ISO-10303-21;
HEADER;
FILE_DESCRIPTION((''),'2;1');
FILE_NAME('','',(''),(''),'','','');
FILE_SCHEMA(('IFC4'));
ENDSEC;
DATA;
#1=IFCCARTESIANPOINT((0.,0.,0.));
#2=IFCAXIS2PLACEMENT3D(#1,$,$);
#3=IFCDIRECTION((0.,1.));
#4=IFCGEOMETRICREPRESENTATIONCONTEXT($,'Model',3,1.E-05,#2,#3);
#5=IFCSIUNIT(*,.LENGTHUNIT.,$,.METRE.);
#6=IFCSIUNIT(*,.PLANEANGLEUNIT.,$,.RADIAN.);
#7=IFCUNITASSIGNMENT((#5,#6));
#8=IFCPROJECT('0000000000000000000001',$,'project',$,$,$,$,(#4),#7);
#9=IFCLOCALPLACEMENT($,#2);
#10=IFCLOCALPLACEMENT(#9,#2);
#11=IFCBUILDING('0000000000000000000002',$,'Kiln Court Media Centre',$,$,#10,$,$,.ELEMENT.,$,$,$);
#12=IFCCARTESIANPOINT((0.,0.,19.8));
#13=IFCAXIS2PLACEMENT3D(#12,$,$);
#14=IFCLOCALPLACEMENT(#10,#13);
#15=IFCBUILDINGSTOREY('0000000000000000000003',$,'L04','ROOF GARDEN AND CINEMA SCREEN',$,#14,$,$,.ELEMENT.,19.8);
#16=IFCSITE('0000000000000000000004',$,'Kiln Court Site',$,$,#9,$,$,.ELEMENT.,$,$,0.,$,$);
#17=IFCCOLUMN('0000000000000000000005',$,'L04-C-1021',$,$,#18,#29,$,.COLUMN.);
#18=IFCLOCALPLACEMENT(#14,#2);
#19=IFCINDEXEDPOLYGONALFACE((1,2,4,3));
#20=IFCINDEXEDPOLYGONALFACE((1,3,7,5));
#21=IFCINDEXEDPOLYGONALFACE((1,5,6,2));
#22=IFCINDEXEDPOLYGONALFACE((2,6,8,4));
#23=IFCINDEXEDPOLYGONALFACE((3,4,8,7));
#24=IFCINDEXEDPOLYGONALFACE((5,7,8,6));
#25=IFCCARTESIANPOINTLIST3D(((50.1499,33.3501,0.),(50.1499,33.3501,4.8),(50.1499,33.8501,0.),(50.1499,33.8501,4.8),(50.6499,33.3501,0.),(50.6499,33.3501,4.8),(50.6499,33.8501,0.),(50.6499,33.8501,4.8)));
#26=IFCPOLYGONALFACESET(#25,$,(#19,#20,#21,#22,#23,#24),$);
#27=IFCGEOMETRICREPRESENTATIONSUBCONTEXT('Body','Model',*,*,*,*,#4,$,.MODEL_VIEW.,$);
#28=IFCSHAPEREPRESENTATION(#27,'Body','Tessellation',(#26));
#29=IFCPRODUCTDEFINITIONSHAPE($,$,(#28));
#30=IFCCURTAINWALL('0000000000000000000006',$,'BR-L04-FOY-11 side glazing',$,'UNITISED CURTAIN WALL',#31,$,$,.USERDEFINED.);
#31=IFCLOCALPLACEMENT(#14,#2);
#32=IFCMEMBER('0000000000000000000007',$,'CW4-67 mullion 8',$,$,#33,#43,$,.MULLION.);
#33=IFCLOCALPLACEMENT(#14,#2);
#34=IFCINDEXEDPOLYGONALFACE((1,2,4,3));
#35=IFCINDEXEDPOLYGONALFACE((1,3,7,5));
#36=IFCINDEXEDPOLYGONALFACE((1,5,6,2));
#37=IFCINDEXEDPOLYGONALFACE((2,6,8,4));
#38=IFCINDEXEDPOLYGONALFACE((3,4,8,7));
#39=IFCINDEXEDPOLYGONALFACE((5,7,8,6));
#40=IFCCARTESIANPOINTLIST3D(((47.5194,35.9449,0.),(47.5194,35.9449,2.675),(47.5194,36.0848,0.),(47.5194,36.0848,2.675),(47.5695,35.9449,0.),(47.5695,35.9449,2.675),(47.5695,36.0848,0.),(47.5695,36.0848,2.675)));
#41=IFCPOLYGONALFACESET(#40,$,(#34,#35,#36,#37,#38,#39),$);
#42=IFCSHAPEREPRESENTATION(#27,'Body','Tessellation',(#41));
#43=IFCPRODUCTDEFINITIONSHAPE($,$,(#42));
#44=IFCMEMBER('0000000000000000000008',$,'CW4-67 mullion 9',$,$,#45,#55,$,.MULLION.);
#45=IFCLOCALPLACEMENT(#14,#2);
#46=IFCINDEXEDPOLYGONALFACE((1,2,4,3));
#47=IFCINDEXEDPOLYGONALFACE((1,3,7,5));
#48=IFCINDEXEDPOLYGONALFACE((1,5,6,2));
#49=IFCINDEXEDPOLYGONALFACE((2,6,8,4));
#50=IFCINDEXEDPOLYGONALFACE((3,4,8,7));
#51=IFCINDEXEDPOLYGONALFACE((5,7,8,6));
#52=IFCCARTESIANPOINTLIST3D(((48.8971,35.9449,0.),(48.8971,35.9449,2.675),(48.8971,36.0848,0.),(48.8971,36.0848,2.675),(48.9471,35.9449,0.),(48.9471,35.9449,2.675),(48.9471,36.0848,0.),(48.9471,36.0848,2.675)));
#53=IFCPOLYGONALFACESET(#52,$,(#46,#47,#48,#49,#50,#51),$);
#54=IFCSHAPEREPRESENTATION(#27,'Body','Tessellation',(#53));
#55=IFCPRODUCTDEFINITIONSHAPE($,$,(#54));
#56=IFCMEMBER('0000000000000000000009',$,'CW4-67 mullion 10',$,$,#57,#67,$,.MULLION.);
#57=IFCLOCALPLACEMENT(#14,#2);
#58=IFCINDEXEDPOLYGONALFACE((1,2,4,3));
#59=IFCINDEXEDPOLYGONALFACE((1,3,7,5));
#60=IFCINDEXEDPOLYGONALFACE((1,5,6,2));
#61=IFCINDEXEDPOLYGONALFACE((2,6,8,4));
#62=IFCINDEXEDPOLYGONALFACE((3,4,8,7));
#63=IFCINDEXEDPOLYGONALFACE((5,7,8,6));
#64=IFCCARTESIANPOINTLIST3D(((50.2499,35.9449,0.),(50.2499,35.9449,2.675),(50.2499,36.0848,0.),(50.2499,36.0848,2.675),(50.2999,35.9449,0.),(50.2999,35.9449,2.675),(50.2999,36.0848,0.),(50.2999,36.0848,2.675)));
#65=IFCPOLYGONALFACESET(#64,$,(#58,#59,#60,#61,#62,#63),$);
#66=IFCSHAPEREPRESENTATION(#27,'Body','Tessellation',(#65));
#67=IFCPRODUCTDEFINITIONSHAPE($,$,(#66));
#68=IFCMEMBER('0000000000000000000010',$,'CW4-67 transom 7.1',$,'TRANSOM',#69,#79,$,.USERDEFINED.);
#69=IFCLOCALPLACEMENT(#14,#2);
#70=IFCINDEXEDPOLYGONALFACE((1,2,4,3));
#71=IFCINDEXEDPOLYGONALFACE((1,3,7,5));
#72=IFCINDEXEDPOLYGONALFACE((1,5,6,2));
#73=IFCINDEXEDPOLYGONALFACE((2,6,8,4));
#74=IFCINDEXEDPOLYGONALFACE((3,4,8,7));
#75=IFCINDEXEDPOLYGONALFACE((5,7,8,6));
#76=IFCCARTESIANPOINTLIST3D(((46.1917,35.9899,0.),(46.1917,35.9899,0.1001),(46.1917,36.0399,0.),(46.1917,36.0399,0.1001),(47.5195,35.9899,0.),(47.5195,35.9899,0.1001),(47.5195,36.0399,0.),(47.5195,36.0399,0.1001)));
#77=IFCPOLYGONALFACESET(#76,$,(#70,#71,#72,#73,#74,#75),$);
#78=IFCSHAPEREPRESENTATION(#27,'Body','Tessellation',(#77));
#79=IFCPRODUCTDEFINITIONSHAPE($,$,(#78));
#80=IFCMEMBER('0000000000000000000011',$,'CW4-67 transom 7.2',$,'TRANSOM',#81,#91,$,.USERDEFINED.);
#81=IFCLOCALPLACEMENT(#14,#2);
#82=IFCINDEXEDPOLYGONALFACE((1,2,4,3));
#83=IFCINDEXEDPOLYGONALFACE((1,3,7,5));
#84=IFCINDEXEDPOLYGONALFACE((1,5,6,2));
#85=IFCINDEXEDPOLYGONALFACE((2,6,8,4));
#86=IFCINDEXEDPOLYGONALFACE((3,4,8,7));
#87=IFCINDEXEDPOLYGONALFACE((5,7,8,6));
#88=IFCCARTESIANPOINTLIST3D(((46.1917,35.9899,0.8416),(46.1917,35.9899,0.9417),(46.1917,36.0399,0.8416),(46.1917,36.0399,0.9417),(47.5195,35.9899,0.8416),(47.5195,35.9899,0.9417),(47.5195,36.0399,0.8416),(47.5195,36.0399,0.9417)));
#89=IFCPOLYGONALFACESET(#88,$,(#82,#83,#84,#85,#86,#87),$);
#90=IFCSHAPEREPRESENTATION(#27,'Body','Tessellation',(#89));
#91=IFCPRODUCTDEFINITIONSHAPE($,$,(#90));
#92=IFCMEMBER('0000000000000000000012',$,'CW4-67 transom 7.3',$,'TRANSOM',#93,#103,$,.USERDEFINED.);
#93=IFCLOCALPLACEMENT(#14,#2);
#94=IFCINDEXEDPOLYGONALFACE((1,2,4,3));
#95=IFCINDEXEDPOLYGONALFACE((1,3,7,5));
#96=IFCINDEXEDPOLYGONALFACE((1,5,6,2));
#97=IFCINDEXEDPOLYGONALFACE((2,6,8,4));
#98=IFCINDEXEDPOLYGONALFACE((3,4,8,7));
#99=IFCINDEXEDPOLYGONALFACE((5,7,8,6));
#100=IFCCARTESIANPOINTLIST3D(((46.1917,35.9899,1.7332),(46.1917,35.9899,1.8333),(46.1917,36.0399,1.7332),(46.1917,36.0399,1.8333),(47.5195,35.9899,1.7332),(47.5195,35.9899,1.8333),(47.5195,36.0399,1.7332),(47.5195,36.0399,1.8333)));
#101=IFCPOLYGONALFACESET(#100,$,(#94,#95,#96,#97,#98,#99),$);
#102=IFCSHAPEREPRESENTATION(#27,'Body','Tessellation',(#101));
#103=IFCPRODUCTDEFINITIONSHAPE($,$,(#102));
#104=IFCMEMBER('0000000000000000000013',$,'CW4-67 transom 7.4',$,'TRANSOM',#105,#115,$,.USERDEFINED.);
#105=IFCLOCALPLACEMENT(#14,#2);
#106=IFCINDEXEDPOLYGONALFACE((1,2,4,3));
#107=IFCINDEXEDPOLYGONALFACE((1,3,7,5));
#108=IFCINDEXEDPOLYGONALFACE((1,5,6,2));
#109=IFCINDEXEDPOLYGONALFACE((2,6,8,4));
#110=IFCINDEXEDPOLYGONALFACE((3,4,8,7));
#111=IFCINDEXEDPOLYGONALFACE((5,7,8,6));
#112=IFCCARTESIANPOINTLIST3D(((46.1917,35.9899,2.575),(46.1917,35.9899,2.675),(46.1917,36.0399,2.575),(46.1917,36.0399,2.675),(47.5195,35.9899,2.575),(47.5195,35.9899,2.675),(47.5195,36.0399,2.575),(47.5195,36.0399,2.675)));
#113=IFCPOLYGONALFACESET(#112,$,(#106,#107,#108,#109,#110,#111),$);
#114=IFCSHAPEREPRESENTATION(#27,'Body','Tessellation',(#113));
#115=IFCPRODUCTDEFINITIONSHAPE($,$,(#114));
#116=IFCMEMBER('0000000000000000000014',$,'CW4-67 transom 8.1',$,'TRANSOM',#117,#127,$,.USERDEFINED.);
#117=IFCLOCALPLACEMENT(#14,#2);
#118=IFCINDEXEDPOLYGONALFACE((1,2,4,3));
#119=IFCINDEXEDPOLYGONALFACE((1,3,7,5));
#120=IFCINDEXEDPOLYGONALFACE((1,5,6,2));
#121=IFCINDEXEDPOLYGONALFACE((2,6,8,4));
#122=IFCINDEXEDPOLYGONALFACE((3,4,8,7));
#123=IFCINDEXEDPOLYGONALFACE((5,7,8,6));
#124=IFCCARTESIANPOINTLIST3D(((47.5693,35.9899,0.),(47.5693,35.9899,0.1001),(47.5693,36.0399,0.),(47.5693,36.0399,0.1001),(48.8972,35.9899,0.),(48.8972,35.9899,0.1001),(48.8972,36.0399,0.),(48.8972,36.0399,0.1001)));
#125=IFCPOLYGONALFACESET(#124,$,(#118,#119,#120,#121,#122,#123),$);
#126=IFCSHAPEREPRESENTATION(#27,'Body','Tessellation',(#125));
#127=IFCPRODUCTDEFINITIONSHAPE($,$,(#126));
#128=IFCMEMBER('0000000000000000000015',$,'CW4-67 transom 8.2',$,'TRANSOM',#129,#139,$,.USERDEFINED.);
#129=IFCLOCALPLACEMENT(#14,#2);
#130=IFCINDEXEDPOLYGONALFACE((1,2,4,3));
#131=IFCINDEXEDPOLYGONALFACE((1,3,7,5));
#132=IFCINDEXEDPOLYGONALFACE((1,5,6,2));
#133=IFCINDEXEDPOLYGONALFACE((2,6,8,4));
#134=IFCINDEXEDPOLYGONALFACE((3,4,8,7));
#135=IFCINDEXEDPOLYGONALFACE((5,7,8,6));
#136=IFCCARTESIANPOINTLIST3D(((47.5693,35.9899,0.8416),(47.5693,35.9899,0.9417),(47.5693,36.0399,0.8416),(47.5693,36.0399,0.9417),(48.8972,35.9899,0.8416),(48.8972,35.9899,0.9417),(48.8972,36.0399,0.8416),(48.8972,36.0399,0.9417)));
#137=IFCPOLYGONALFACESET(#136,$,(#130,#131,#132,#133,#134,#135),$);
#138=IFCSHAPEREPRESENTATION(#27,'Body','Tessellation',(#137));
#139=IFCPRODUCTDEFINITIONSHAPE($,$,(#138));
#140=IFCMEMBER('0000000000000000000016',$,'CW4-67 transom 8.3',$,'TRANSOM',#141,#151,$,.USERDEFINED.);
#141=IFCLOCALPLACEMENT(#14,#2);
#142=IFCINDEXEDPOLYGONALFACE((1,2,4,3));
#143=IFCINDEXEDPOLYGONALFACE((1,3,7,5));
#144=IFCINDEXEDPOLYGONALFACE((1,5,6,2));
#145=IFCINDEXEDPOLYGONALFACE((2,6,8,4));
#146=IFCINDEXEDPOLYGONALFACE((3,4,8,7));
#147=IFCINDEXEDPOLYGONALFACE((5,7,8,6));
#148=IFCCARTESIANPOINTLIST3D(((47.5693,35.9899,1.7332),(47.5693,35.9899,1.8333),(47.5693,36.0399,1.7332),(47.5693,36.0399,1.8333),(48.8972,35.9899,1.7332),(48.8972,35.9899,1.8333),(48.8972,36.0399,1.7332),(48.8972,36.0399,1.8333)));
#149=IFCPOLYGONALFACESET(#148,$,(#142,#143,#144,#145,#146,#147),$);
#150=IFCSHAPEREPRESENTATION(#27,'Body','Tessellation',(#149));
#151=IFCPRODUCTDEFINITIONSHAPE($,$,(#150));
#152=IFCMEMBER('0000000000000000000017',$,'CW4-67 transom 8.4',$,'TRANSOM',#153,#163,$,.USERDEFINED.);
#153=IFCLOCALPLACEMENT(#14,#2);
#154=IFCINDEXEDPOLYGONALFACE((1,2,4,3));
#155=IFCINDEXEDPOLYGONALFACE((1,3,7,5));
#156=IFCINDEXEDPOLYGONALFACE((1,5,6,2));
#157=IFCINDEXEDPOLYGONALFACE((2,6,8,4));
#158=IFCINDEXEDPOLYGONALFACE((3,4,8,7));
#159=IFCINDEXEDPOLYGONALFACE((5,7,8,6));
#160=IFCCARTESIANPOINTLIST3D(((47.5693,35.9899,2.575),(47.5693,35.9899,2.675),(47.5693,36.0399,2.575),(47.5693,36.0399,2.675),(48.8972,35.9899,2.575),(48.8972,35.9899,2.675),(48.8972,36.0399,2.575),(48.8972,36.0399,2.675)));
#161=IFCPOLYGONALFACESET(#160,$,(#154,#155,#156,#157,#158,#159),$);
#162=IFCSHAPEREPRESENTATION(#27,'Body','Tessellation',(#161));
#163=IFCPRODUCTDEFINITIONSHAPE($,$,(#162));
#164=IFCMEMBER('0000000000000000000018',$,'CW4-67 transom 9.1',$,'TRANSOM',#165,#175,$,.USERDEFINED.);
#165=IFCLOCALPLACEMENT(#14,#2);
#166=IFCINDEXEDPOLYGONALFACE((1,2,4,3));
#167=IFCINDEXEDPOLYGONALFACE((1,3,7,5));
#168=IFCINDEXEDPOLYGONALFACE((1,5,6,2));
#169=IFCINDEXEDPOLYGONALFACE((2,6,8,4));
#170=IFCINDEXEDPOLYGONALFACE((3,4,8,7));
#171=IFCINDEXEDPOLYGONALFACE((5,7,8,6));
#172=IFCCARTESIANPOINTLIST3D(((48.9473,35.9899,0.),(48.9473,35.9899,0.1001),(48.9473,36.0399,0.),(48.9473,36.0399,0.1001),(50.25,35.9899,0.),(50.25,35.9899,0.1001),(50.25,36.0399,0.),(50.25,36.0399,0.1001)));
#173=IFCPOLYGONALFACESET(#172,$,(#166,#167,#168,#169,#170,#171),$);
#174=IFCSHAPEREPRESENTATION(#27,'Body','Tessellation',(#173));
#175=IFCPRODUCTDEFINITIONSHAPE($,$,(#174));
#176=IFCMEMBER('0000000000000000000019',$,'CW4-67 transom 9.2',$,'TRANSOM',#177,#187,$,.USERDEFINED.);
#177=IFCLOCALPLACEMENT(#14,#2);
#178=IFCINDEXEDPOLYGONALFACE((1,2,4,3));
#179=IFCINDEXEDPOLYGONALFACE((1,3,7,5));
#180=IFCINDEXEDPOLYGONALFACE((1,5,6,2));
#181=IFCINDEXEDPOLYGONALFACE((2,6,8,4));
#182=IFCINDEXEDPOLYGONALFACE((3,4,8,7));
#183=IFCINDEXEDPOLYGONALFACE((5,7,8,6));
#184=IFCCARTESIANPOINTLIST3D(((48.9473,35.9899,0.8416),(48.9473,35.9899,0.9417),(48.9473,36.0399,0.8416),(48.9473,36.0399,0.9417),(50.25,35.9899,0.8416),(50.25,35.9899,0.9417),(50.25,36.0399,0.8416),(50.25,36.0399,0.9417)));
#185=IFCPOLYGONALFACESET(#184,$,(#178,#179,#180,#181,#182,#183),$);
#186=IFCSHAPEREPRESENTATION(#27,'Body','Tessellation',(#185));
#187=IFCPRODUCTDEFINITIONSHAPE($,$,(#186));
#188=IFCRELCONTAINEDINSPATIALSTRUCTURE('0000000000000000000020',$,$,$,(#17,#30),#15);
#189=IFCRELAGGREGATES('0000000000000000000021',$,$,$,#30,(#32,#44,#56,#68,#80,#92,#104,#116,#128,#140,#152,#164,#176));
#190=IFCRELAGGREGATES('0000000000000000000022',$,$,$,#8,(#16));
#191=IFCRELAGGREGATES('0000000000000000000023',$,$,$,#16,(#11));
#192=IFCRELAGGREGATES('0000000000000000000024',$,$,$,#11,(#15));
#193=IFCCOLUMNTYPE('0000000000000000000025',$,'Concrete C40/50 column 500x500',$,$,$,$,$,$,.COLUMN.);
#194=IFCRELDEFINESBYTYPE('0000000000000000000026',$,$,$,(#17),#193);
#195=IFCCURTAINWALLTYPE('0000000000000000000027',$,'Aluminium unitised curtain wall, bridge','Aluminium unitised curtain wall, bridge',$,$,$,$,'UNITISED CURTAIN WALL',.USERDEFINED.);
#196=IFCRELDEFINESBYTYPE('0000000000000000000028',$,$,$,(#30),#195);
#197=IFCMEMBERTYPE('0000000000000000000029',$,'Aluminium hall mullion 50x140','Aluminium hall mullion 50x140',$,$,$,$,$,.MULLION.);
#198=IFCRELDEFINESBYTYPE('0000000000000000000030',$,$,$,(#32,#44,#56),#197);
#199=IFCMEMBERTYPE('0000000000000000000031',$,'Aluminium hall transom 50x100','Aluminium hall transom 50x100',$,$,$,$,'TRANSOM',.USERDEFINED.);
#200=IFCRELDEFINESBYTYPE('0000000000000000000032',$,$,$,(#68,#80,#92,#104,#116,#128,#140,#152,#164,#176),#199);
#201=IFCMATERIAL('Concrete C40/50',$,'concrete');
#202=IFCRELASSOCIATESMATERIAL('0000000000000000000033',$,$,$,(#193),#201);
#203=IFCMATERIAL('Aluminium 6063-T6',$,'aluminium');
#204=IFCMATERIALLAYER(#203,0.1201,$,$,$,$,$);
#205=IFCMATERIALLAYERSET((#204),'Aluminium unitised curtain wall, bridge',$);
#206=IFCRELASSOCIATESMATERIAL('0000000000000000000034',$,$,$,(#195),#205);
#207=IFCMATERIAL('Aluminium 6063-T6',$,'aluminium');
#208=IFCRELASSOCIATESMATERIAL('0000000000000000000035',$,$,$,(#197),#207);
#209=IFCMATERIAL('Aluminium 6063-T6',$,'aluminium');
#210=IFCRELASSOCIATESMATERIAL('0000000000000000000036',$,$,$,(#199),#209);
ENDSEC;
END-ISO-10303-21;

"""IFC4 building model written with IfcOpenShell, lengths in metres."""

from ifc_helpers import new_model, si_unit, direction, frame, origin, origin_2d, place, context, subcontext, project, spatial, rectangle, extrude, material, layer, layer_set, material_profile, profile_set, type_object, element, aggregate, save


model = new_model("IFC4")

# Units and contexts
model_context = context("Model", 3, precision=1e-05, world=origin(), true_north=direction((0.0, 1.0)))
body_context = subcontext(model_context, "Body", "Model", "MODEL_VIEW")
ifc_project = project(units=[si_unit("LENGTHUNIT", "METRE"), si_unit("PLANEANGLEUNIT", "RADIAN")], contexts=[model_context])

# Site, building, storey
site_placement = place(None, origin())
site = spatial("IfcSite", under=ifc_project, at=site_placement, Name="Kiln Court Site", CompositionType="ELEMENT", RefElevation=0.0)
building_placement = place(site_placement, origin())
building = spatial("IfcBuilding", under=site, at=building_placement, Name="Kiln Court Media Centre", CompositionType="ELEMENT")
storey_placement = place(building_placement, frame((0.0, 0.0, 19.8)))
storey = spatial("IfcBuildingStorey", under=building, at=storey_placement, Name="L04", Description="ROOF GARDEN AND CINEMA SCREEN", CompositionType="ELEMENT", Elevation=19.8)

# Column
ifc_material_1 = material(Name="Concrete C40/50", Category="concrete")
ifc_material_profile_1 = material_profile(ifc_material_1, rectangle(XDim=0.5, YDim=0.5, at=origin_2d()), Name="RC 500x500")
ifc_profile_set_1 = profile_set([ifc_material_profile_1], Name="Concrete C40/50")
column_type = type_object("IfcColumnType", Name="Concrete C40/50 column 500x500", PredefinedType="COLUMN", material=ifc_profile_set_1)
column_placement = place(storey_placement, frame((50.3999, 33.6001, 0.0), z_axis=(0.0, 0.0, 1.0), x_axis=(1.0, 0.0, 0.0)))
element("IfcColumn", 1, at=column_placement, inside=storey, type_object=column_type, Name="L04-C-1021", PredefinedType="COLUMN", context=body_context, shape_type="SweptSolid", body=[
    extrude(rectangle(XDim=0.5, YDim=0.5, at=origin_2d()), origin(), (0.0, 0.0, 1.0), 4.8),
])

# Curtain wall, members
ifc_material_2 = material(Name="Aluminium 6063-T6", Category="aluminium")
ifc_layer_1 = layer(ifc_material_2, 0.1201)
ifc_layer_set_1 = layer_set([ifc_layer_1], Name="Aluminium unitised curtain wall, bridge")
curtain_wall_type = type_object("IfcCurtainWallType", Name="Aluminium unitised curtain wall, bridge", Description="Aluminium unitised curtain wall, bridge", ElementType="UNITISED CURTAIN WALL", PredefinedType="USERDEFINED", material=ifc_layer_set_1)
curtain_wall_placement = place(storey_placement, origin())
curtain_wall = element("IfcCurtainWall", 2, at=curtain_wall_placement, inside=storey, type_object=curtain_wall_type, Name="BR-L04-FOY-11 side glazing", ObjectType="UNITISED CURTAIN WALL", PredefinedType="USERDEFINED")
ifc_material_3 = material(Name="Aluminium 6063-T6", Category="aluminium")
ifc_material_profile_2 = material_profile(ifc_material_3, rectangle(XDim=0.05, YDim=0.1399, at=origin_2d()), Name="Aluminium hall mullion 50x140")
ifc_profile_set_2 = profile_set([ifc_material_profile_2], Name="Aluminium 6063-T6")
member_type_1 = type_object("IfcMemberType", Name="Aluminium hall mullion 50x140", Description="Aluminium hall mullion 50x140", PredefinedType="MULLION", material=ifc_profile_set_2)
member_1_placement = place(storey_placement, frame((47.5444, 36.0149, 0.0), z_axis=(0.0, 0.0, 1.0), x_axis=(1.0, 0.0, 0.0)))
member_1 = element("IfcMember", 3, at=member_1_placement, type_object=member_type_1, Name="CW4-67 mullion 8", PredefinedType="MULLION", context=body_context, shape_type="SweptSolid", body=[
    extrude(rectangle(XDim=0.05, YDim=0.1399, at=origin_2d()), origin(), (0.0, 0.0, 1.0), 2.675),
])
member_2_placement = place(storey_placement, frame((48.9221, 36.0149, 0.0), z_axis=(0.0, 0.0, 1.0), x_axis=(1.0, 0.0, 0.0)))
member_2 = element("IfcMember", 4, at=member_2_placement, type_object=member_type_1, Name="CW4-67 mullion 9", PredefinedType="MULLION", context=body_context, shape_type="SweptSolid", body=[
    extrude(rectangle(XDim=0.05, YDim=0.1399, at=origin_2d()), origin(), (0.0, 0.0, 1.0), 2.675),
])
member_3_placement = place(storey_placement, frame((50.2749, 36.0149, 0.0), z_axis=(0.0, 0.0, 1.0), x_axis=(1.0, 0.0, 0.0)))
member_3 = element("IfcMember", 5, at=member_3_placement, type_object=member_type_1, Name="CW4-67 mullion 10", PredefinedType="MULLION", context=body_context, shape_type="SweptSolid", body=[
    extrude(rectangle(XDim=0.05, YDim=0.1399, at=origin_2d()), origin(), (0.0, 0.0, 1.0), 2.675),
])
ifc_material_4 = material(Name="Aluminium 6063-T6", Category="aluminium")
ifc_material_profile_3 = material_profile(ifc_material_4, rectangle(XDim=0.05, YDim=0.1001, at=origin_2d()), Name="Aluminium hall transom 50x100")
ifc_profile_set_3 = profile_set([ifc_material_profile_3], Name="Aluminium 6063-T6")
member_type_2 = type_object("IfcMemberType", Name="Aluminium hall transom 50x100", Description="Aluminium hall transom 50x100", ElementType="TRANSOM", PredefinedType="USERDEFINED", material=ifc_profile_set_3)
member_4_placement = place(storey_placement, frame((46.1917, 36.0149, 0.05), z_axis=(1.0, 0.0, 0.0), x_axis=(0.0, 1.0, 0.0)))
member_4 = element("IfcMember", 6, at=member_4_placement, type_object=member_type_2, Name="CW4-67 transom 7.1", ObjectType="TRANSOM", PredefinedType="USERDEFINED", context=body_context, shape_type="SweptSolid", body=[
    extrude(rectangle(XDim=0.05, YDim=0.1001, at=origin_2d()), origin(), (0.0, 0.0, 1.0), 1.3279),
])
member_5_placement = place(storey_placement, frame((46.1917, 36.0149, 0.8916), z_axis=(1.0, 0.0, 0.0), x_axis=(0.0, 1.0, 0.0)))
member_5 = element("IfcMember", 7, at=member_5_placement, type_object=member_type_2, Name="CW4-67 transom 7.2", ObjectType="TRANSOM", PredefinedType="USERDEFINED", context=body_context, shape_type="SweptSolid", body=[
    extrude(rectangle(XDim=0.05, YDim=0.1001, at=origin_2d()), origin(), (0.0, 0.0, 1.0), 1.3279),
])
member_6_placement = place(storey_placement, frame((46.1917, 36.0149, 1.7832), z_axis=(1.0, 0.0, 0.0), x_axis=(0.0, 1.0, 0.0)))
member_6 = element("IfcMember", 8, at=member_6_placement, type_object=member_type_2, Name="CW4-67 transom 7.3", ObjectType="TRANSOM", PredefinedType="USERDEFINED", context=body_context, shape_type="SweptSolid", body=[
    extrude(rectangle(XDim=0.05, YDim=0.1001, at=origin_2d()), origin(), (0.0, 0.0, 1.0), 1.3279),
])
member_7_placement = place(storey_placement, frame((46.1917, 36.0149, 2.625), z_axis=(1.0, 0.0, 0.0), x_axis=(0.0, 1.0, 0.0)))
member_7 = element("IfcMember", 9, at=member_7_placement, type_object=member_type_2, Name="CW4-67 transom 7.4", ObjectType="TRANSOM", PredefinedType="USERDEFINED", context=body_context, shape_type="SweptSolid", body=[
    extrude(rectangle(XDim=0.05, YDim=0.1001, at=origin_2d()), origin(), (0.0, 0.0, 1.0), 1.3279),
])
member_8_placement = place(storey_placement, frame((47.5693, 36.0149, 0.05), z_axis=(1.0, 0.0, 0.0), x_axis=(0.0, 1.0, 0.0)))
member_8 = element("IfcMember", 10, at=member_8_placement, type_object=member_type_2, Name="CW4-67 transom 8.1", ObjectType="TRANSOM", PredefinedType="USERDEFINED", context=body_context, shape_type="SweptSolid", body=[
    extrude(rectangle(XDim=0.05, YDim=0.1001, at=origin_2d()), origin(), (0.0, 0.0, 1.0), 1.3279),
])
member_9_placement = place(storey_placement, frame((47.5693, 36.0149, 0.8916), z_axis=(1.0, 0.0, 0.0), x_axis=(0.0, 1.0, 0.0)))
member_9 = element("IfcMember", 11, at=member_9_placement, type_object=member_type_2, Name="CW4-67 transom 8.2", ObjectType="TRANSOM", PredefinedType="USERDEFINED", context=body_context, shape_type="SweptSolid", body=[
    extrude(rectangle(XDim=0.05, YDim=0.1001, at=origin_2d()), origin(), (0.0, 0.0, 1.0), 1.3279),
])
member_10_placement = place(storey_placement, frame((47.5693, 36.0149, 1.7832), z_axis=(1.0, 0.0, 0.0), x_axis=(0.0, 1.0, 0.0)))
member_10 = element("IfcMember", 12, at=member_10_placement, type_object=member_type_2, Name="CW4-67 transom 8.3", ObjectType="TRANSOM", PredefinedType="USERDEFINED", context=body_context, shape_type="SweptSolid", body=[
    extrude(rectangle(XDim=0.05, YDim=0.1001, at=origin_2d()), origin(), (0.0, 0.0, 1.0), 1.3279),
])
member_11_placement = place(storey_placement, frame((47.5693, 36.0149, 2.625), z_axis=(1.0, 0.0, 0.0), x_axis=(0.0, 1.0, 0.0)))
member_11 = element("IfcMember", 13, at=member_11_placement, type_object=member_type_2, Name="CW4-67 transom 8.4", ObjectType="TRANSOM", PredefinedType="USERDEFINED", context=body_context, shape_type="SweptSolid", body=[
    extrude(rectangle(XDim=0.05, YDim=0.1001, at=origin_2d()), origin(), (0.0, 0.0, 1.0), 1.3279),
])
member_12_placement = place(storey_placement, frame((48.9473, 36.0149, 0.05), z_axis=(1.0, 0.0, 0.0), x_axis=(0.0, 1.0, 0.0)))
member_12 = element("IfcMember", 14, at=member_12_placement, type_object=member_type_2, Name="CW4-67 transom 9.1", ObjectType="TRANSOM", PredefinedType="USERDEFINED", context=body_context, shape_type="SweptSolid", body=[
    extrude(rectangle(XDim=0.05, YDim=0.1001, at=origin_2d()), origin(), (0.0, 0.0, 1.0), 1.3027),
])
member_13_placement = place(storey_placement, frame((48.9473, 36.0149, 0.8916), z_axis=(1.0, 0.0, 0.0), x_axis=(0.0, 1.0, 0.0)))
member_13 = element("IfcMember", 15, at=member_13_placement, type_object=member_type_2, Name="CW4-67 transom 9.2", ObjectType="TRANSOM", PredefinedType="USERDEFINED", context=body_context, shape_type="SweptSolid", body=[
    extrude(rectangle(XDim=0.05, YDim=0.1001, at=origin_2d()), origin(), (0.0, 0.0, 1.0), 1.3027),
])

aggregate(curtain_wall, [member_1, member_2, member_3, member_4, member_5, member_6, member_7, member_8, member_9, member_10, member_11, member_12, member_13])

save(model, "model.ifc")
